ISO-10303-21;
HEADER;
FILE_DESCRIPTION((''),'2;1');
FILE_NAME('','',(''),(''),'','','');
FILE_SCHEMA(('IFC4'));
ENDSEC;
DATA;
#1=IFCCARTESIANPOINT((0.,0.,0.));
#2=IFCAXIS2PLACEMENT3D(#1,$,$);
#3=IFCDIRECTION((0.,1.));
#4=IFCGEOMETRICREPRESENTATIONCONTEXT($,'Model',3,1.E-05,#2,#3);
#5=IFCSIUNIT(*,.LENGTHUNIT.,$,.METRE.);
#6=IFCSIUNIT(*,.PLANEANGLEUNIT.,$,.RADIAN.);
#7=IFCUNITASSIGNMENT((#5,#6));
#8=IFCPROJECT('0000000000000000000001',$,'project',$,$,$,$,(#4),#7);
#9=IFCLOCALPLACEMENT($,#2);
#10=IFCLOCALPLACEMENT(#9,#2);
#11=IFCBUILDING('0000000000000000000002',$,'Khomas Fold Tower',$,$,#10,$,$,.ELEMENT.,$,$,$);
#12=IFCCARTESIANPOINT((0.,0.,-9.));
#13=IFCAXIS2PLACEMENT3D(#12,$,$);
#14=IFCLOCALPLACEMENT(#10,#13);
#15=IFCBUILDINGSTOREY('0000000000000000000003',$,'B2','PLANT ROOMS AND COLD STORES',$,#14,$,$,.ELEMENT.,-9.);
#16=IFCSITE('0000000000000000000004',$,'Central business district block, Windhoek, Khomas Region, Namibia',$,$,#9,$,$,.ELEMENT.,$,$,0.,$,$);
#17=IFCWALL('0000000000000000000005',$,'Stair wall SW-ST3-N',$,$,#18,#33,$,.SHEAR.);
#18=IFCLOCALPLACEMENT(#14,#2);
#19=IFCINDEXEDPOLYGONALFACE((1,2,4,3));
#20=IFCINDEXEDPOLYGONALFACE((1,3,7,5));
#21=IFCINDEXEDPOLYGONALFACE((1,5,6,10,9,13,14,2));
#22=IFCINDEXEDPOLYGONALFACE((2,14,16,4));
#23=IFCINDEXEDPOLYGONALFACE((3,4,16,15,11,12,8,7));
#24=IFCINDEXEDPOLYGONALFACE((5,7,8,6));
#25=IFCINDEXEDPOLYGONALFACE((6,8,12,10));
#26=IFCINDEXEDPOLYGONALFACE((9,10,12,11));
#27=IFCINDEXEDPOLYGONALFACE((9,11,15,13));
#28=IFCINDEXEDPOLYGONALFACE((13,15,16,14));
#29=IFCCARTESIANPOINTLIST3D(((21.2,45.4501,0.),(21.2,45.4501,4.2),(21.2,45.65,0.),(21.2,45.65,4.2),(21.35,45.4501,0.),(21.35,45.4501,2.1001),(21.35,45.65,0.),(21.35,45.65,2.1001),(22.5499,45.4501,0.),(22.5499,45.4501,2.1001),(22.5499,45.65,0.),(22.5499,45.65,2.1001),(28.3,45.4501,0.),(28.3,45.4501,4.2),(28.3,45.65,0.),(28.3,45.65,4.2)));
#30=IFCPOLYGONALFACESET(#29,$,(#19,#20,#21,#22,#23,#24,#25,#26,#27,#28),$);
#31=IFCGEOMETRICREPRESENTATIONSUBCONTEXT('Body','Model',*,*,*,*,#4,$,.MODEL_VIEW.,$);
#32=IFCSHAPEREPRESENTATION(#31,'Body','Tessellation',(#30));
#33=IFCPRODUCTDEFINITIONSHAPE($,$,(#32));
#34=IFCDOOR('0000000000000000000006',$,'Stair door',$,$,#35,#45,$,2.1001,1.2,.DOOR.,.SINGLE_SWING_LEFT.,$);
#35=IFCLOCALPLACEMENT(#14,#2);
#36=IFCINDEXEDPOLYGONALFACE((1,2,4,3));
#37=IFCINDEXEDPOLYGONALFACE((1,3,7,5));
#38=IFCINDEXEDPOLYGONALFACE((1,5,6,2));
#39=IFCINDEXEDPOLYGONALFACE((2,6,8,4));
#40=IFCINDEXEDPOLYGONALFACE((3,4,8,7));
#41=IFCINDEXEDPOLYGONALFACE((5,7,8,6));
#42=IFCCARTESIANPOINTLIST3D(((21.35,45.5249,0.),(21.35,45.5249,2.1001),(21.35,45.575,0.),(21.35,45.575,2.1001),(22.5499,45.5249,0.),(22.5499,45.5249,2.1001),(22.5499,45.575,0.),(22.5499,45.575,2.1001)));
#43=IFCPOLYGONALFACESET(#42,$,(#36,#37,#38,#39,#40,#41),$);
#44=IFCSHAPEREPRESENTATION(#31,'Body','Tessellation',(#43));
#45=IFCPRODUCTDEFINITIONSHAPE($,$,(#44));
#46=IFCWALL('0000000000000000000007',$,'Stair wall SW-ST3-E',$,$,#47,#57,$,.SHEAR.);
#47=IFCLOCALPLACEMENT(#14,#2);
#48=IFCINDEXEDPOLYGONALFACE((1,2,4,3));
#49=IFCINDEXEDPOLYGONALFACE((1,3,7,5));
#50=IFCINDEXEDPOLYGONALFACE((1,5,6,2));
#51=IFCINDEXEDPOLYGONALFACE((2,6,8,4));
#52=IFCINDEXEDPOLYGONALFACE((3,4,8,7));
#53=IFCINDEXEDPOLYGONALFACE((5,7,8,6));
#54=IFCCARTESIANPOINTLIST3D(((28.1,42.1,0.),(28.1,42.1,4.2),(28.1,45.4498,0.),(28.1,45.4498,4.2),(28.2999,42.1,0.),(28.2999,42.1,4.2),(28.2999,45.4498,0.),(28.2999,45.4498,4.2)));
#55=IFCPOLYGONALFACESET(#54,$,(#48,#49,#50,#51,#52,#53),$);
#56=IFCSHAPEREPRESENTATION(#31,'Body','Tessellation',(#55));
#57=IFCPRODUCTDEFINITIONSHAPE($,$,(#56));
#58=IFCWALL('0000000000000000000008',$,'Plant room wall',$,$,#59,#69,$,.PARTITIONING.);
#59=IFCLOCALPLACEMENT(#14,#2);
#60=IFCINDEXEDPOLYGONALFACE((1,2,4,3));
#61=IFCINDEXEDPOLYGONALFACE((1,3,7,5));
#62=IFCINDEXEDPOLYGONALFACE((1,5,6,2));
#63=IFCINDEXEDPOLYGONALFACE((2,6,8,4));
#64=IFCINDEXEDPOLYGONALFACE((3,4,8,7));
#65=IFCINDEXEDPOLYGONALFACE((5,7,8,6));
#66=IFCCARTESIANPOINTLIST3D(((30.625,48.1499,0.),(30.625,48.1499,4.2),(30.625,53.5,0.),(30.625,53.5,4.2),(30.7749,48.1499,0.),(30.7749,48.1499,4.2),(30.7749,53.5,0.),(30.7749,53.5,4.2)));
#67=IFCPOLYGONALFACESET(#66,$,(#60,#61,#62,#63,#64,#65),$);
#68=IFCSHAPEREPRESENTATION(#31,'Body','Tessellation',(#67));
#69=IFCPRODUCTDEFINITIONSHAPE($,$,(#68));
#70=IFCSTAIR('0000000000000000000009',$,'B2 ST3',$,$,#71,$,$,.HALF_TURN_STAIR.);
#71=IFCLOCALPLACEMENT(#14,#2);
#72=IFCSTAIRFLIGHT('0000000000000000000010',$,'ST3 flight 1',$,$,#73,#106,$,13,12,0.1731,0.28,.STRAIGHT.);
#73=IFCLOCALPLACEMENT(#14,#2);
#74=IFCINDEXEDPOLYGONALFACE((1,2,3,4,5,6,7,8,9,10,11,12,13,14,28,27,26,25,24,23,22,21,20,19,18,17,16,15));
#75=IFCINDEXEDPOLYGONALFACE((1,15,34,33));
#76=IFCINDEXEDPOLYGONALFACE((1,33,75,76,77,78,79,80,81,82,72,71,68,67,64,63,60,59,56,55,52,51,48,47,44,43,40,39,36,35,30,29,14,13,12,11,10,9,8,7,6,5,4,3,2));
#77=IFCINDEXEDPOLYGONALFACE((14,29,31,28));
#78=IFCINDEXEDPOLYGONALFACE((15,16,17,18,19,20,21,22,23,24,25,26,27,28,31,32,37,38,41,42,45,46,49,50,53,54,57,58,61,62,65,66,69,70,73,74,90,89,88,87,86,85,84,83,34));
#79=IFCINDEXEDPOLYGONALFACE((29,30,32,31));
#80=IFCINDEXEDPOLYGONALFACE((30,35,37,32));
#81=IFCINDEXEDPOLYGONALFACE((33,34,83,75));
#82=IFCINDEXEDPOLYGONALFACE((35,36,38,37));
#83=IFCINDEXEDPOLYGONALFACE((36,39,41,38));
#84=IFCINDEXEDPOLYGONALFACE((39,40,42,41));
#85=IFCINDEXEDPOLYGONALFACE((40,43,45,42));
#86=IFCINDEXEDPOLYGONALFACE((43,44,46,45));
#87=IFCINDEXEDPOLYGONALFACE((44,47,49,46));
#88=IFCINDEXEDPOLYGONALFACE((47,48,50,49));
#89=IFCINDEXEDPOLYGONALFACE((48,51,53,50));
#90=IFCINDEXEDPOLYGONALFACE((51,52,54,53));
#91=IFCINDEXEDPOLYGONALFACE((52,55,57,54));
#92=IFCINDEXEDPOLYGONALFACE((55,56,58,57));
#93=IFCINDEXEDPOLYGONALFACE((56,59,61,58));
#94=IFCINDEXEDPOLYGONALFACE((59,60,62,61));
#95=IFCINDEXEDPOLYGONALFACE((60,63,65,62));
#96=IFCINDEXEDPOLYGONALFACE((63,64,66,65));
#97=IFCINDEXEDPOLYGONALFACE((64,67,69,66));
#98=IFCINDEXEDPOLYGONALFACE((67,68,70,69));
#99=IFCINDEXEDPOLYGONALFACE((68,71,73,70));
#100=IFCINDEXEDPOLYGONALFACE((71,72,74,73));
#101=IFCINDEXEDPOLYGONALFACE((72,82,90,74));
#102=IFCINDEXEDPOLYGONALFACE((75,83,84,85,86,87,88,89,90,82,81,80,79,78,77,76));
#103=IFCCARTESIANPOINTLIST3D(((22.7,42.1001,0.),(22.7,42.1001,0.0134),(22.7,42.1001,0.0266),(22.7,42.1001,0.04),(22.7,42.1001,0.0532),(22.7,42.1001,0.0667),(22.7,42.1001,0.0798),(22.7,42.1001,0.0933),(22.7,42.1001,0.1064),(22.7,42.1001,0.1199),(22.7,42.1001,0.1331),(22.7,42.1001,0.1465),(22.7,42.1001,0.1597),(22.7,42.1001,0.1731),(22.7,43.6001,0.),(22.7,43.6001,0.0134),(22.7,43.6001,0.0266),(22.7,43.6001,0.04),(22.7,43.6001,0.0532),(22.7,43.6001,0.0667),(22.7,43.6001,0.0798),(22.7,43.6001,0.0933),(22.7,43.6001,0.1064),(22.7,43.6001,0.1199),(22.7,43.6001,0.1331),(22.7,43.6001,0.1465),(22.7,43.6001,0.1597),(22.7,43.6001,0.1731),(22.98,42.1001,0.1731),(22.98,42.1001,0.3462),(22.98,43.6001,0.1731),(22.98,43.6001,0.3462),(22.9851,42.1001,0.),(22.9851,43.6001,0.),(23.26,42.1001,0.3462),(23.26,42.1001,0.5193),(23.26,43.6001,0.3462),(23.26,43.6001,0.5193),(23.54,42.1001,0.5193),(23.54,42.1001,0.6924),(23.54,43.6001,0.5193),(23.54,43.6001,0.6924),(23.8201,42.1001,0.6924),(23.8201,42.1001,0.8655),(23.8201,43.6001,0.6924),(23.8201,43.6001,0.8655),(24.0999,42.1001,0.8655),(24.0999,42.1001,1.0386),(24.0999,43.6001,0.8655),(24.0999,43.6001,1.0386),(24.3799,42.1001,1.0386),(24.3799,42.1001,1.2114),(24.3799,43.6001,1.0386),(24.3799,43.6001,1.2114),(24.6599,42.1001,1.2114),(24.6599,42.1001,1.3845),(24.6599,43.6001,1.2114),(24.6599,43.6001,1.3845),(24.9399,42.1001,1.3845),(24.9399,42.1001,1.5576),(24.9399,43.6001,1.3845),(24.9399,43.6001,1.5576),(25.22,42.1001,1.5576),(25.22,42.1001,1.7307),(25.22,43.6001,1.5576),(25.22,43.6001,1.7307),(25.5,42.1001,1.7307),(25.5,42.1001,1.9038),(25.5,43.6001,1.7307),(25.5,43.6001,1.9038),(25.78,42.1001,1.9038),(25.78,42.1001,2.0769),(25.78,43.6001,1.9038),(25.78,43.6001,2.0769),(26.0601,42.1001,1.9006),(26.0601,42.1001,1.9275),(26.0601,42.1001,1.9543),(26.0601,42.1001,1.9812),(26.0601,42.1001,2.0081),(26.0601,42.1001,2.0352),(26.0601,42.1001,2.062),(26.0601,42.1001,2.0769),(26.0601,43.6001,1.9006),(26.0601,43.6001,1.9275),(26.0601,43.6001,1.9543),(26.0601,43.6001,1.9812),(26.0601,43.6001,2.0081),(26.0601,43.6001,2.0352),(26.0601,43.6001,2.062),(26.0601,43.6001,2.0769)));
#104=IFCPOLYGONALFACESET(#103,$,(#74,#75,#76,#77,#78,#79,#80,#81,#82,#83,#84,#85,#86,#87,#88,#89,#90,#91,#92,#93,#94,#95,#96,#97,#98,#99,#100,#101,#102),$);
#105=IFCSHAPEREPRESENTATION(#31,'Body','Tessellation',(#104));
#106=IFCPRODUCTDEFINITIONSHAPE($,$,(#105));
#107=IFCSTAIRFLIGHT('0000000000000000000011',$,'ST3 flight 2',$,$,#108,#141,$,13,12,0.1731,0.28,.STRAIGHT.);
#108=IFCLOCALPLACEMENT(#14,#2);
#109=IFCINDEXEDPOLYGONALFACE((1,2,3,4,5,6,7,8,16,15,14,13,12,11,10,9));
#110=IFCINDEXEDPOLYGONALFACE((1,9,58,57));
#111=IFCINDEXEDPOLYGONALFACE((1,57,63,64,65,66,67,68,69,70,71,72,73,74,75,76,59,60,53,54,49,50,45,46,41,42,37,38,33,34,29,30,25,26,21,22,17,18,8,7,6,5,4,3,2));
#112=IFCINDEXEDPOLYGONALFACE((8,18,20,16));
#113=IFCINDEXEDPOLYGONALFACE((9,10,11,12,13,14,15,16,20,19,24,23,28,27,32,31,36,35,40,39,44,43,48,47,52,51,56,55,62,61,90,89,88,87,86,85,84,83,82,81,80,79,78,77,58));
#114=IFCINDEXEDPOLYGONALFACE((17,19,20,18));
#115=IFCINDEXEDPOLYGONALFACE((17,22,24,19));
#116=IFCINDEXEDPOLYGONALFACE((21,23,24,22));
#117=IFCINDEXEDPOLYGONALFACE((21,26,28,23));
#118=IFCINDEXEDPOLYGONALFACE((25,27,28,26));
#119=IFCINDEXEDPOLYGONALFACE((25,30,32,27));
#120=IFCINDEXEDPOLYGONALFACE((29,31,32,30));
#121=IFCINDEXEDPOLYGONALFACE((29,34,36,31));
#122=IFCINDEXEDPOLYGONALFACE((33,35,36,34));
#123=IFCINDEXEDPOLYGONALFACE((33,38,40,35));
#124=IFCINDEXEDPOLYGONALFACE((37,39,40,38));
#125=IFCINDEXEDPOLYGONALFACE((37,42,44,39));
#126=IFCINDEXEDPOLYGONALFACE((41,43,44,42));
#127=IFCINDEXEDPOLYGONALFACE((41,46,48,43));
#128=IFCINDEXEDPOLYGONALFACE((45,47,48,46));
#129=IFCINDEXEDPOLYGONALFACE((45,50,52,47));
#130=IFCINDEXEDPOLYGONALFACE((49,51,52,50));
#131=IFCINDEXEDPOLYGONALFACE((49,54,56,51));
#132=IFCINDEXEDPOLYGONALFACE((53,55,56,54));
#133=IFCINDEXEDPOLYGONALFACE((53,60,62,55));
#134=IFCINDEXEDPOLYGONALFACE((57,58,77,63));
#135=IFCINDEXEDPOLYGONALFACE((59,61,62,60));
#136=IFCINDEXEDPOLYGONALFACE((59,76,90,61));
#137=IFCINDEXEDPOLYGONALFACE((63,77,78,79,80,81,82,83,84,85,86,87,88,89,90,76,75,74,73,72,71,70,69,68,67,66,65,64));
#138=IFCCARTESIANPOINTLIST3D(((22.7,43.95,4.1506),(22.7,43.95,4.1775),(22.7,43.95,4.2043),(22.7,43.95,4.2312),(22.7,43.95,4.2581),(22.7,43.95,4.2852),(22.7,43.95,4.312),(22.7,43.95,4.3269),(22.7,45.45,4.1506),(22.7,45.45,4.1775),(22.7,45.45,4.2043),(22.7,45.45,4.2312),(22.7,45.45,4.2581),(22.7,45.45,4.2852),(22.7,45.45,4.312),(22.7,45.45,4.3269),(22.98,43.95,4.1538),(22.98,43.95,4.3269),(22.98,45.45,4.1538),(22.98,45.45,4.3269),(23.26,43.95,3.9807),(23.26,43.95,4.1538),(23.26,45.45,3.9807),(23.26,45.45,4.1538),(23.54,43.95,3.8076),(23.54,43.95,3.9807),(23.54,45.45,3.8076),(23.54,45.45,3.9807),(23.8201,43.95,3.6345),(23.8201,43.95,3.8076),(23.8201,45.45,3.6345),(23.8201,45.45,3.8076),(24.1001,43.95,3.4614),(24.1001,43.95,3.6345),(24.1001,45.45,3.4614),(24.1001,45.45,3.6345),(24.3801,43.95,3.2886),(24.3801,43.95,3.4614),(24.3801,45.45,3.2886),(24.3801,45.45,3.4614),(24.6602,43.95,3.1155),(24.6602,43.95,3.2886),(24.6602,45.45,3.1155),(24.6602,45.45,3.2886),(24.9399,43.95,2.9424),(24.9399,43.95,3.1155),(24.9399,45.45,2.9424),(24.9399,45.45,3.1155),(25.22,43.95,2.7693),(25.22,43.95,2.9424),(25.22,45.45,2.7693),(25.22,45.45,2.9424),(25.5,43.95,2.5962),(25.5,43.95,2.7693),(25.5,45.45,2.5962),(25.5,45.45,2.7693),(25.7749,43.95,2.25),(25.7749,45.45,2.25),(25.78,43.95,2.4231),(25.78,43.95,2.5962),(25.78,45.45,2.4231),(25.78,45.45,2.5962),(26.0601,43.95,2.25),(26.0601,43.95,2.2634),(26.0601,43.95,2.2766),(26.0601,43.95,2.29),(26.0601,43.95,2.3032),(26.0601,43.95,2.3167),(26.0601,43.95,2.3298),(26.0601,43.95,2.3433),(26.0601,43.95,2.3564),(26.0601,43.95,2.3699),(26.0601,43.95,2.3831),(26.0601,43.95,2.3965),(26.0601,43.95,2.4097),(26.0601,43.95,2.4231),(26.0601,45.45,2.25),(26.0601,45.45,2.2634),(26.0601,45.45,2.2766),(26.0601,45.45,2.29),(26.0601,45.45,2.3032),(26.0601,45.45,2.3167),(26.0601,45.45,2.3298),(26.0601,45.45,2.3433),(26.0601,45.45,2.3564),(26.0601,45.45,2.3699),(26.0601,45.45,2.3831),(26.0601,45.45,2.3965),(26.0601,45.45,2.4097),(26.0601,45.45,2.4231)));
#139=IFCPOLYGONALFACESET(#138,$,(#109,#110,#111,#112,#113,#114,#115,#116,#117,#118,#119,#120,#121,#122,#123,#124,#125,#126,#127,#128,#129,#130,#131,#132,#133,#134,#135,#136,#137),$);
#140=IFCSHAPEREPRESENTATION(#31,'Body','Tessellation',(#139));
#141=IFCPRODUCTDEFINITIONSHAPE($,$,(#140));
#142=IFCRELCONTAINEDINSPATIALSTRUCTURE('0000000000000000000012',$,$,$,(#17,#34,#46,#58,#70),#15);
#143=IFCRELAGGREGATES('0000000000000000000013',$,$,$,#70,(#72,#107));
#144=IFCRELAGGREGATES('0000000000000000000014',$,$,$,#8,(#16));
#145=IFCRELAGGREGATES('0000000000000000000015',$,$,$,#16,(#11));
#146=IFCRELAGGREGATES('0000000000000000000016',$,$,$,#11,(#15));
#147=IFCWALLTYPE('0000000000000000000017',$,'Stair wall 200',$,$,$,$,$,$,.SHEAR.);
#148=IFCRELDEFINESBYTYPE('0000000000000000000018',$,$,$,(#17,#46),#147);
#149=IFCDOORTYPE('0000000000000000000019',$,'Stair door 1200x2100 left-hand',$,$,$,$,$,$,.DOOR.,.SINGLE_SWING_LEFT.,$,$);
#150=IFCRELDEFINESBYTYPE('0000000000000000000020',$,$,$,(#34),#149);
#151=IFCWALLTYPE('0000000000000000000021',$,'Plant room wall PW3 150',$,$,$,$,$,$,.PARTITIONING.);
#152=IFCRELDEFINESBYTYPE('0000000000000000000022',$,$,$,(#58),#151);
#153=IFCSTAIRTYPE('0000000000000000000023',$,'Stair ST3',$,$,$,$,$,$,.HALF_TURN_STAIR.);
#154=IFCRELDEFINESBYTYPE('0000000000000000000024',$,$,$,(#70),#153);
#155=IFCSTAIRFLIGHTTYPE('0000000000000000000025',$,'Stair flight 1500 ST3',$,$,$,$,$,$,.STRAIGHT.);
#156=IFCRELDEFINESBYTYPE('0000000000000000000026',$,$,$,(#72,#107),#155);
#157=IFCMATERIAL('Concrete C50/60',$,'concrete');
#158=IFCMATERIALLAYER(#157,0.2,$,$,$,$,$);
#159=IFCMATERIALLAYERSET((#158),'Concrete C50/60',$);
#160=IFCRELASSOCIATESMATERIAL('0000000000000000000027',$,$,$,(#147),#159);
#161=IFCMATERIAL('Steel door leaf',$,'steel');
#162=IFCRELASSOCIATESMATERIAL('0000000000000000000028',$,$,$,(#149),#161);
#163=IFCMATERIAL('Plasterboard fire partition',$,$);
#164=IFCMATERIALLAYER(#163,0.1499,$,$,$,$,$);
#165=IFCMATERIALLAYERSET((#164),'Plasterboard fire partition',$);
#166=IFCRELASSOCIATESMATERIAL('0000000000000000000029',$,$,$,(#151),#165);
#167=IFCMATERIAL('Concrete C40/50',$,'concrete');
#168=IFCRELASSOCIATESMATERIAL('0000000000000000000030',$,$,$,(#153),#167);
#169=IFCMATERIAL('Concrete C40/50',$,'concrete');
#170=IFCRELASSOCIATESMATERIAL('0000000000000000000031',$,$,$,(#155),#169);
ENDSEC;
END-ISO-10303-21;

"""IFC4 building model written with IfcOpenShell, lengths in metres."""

from ifc_helpers import new_model, si_unit, direction, frame, frame_2d, origin, place, context, subcontext, project, spatial, polyline, rectangle, outline, extrude, source, transform, mapped, material, layer, layer_set, type_object, element, fill, aggregate, save


model = new_model("IFC4")

# Units and contexts
model_context = context("Model", 3, precision=1e-05, world=origin(), true_north=direction((0.0, 1.0)))
body_context = subcontext(model_context, "Body", "Model", "MODEL_VIEW")
ifc_project = project(units=[si_unit("LENGTHUNIT", "METRE"), si_unit("PLANEANGLEUNIT", "RADIAN")], contexts=[model_context])

# Site, building, storey
site_placement = place(None, origin())
site = spatial("IfcSite", under=ifc_project, at=site_placement, Name="Central business district block, Windhoek, Khomas Region, Namibia", CompositionType="ELEMENT", RefElevation=0.0)
building_placement = place(site_placement, origin())
building = spatial("IfcBuilding", under=site, at=building_placement, Name="Khomas Fold Tower", CompositionType="ELEMENT")
storey_placement = place(building_placement, frame((0.0, 0.0, -9.0)))
storey = spatial("IfcBuildingStorey", under=building, at=storey_placement, Name="B2", Description="PLANT ROOMS AND COLD STORES", CompositionType="ELEMENT", Elevation=-9.0)

# Wall, opening, door
ifc_material_1 = material(Name="Concrete C50/60", Category="concrete")
ifc_layer_1 = layer(ifc_material_1, 0.2)
ifc_layer_set_1 = layer_set([ifc_layer_1], Name="Concrete C50/60")
wall_type_1 = type_object("IfcWallType", Name="Stair wall 200", PredefinedType="SHEAR", material=ifc_layer_set_1)
shared_shape_1 = source(origin(), body_context, "Body", "SweptSolid", [
    extrude(rectangle(XDim=7.1001, YDim=0.2, at=frame_2d((3.55, 0.0))), origin(), (0.0, 0.0, 1.0), 4.2),
])
wall_1_placement = place(storey_placement, frame((21.2, 45.55, 0.0), z_axis=(0.0, 0.0, 1.0), x_axis=(1.0, 0.0, 0.0)))
wall_1 = element("IfcWall", 1, at=wall_1_placement, inside=storey, type_object=wall_type_1, Name="Stair wall SW-ST3-N", PredefinedType="SHEAR", context=body_context, shape_type="MappedRepresentation", body=[
    mapped(shared_shape_1, transform((0.0, 0.0, 0.0))),
])
shared_shape_2 = source(origin(), body_context, "Body", "SweptSolid", [
    extrude(rectangle(XDim=1.2, YDim=2.1001, at=frame_2d((0.6001, 1.05))), frame((0.0, 0.1099, 0.0), z_axis=(0.0, -1.0, 0.0), x_axis=(1.0, 0.0, 0.0)), (0.0, 0.0, 1.0), 0.22),
])
opening_placement = place(wall_1_placement, frame((0.1499, 0.0, 0.0)))
opening = element("IfcOpeningElement", 2, at=opening_placement, cuts=wall_1, PredefinedType="OPENING", context=body_context, shape_type="MappedRepresentation", body=[
    mapped(shared_shape_2, transform((0.0, 0.0, 0.0))),
])
ifc_material_2 = material(Name="Steel door leaf", Category="steel")
door_type = type_object("IfcDoorType", Name="Stair door 1200x2100 left-hand", OperationType="SINGLE_SWING_LEFT", PredefinedType="DOOR", material=ifc_material_2)
shared_shape_3 = source(origin(), body_context, "Body", "SweptSolid", [
    extrude(rectangle(XDim=1.2, YDim=2.1001, at=frame_2d((0.6001, 1.05))), frame((0.0, 0.0249, 0.0), z_axis=(0.0, -1.0, 0.0), x_axis=(1.0, 0.0, 0.0)), (0.0, 0.0, 1.0), 0.05),
])
door_placement = place(opening_placement, origin())
door = element("IfcDoor", 3, at=door_placement, inside=storey, type_object=door_type, Name="Stair door", OperationType="SINGLE_SWING_LEFT", OverallHeight=2.1001, OverallWidth=1.2, PredefinedType="DOOR", context=body_context, shape_type="MappedRepresentation", body=[
    mapped(shared_shape_3, transform((0.0, 0.0, 0.0))),
])
fill(opening, door)

# Walls
shared_shape_4 = source(origin(), body_context, "Body", "SweptSolid", [
    extrude(rectangle(XDim=3.3499, YDim=0.2, at=frame_2d((1.6748, 0.0))), origin(), (0.0, 0.0, 1.0), 4.2),
])
wall_2_placement = place(storey_placement, frame((28.2, 42.1001, 0.0), z_axis=(0.0, 0.0, 1.0), x_axis=(0.0, 1.0, 0.0)))
element("IfcWall", 4, at=wall_2_placement, inside=storey, type_object=wall_type_1, Name="Stair wall SW-ST3-E", PredefinedType="SHEAR", context=body_context, shape_type="MappedRepresentation", body=[
    mapped(shared_shape_4, transform((0.0, 0.0, 0.0))),
])
ifc_material_3 = material(Name="Plasterboard fire partition")
ifc_layer_2 = layer(ifc_material_3, 0.1499)
ifc_layer_set_2 = layer_set([ifc_layer_2], Name="Plasterboard fire partition")
wall_type_2 = type_object("IfcWallType", Name="Plant room wall PW3 150", PredefinedType="PARTITIONING", material=ifc_layer_set_2)
shared_shape_5 = source(origin(), body_context, "Body", "SweptSolid", [
    extrude(rectangle(XDim=5.3501, YDim=0.1499, at=frame_2d((2.675, 0.0))), origin(), (0.0, 0.0, 1.0), 4.2),
])
wall_3_placement = place(storey_placement, frame((30.7, 48.1499, 0.0), z_axis=(0.0, 0.0, 1.0), x_axis=(0.0, 1.0, 0.0)))
element("IfcWall", 5, at=wall_3_placement, inside=storey, type_object=wall_type_2, Name="Plant room wall", PredefinedType="PARTITIONING", context=body_context, shape_type="MappedRepresentation", body=[
    mapped(shared_shape_5, transform((0.0, 0.0, 0.0))),
])

# Stair, stair flights
ifc_material_4 = material(Name="Concrete C40/50", Category="concrete")
stair_type = type_object("IfcStairType", Name="Stair ST3", PredefinedType="HALF_TURN_STAIR", material=ifc_material_4)
stair_placement = place(storey_placement, origin())
stair = element("IfcStair", 6, at=stair_placement, inside=storey, type_object=stair_type, Name="B2 ST3", PredefinedType="HALF_TURN_STAIR")
ifc_material_5 = material(Name="Concrete C40/50", Category="concrete")
stair_flight_type = type_object("IfcStairFlightType", Name="Stair flight 1500 ST3", PredefinedType="STRAIGHT", material=ifc_material_5)
shared_shape_6 = source(origin(), body_context, "Body", "SweptSolid", [
    extrude(outline(polyline([(0.0, 0.0), (0.0, 0.0134), (0.0, 0.0266), (0.0, 0.04), (0.0, 0.0532), (0.0, 0.0667), (0.0, 0.0798), (0.0, 0.0933), (0.0, 0.1064), (0.0, 0.1199), (0.0, 0.1331), (0.0, 0.1465), (0.0, 0.1597), (0.0, 0.1731), (0.28, 0.1731), (0.28, 0.3462), (0.5601, 0.3462), (0.5601, 0.5193), (0.8401, 0.5193), (0.8401, 0.6924), (1.1201, 0.6924), (1.1201, 0.8655), (1.3999, 0.8655), (1.3999, 1.0386), (1.6799, 1.0386), (1.6799, 1.2114), (1.96, 1.2114), (1.96, 1.3845), (2.24, 1.3845), (2.24, 1.5576), (2.52, 1.5576), (2.52, 1.7307), (2.8, 1.7307), (2.8, 1.9038), (3.0801, 1.9038), (3.0801, 2.0769), (3.3601, 2.0769), (3.3601, 2.25), (3.3601, 2.2231), (3.3601, 2.1963), (3.3601, 2.1694), (3.3601, 2.1426), (3.3601, 2.1157), (3.3601, 2.0889), (3.3601, 2.062), (3.3601, 2.0352), (3.3601, 2.0081), (3.3601, 1.9812), (3.3601, 1.9543), (3.3601, 1.9275), (3.3601, 1.9006), (0.2852, 0.0), (0.0, 0.0)])), frame((0.0, 0.75, 0.0), z_axis=(0.0, -1.0, 0.0), x_axis=(1.0, 0.0, 0.0)), (0.0, 0.0, 1.0), 1.5),
])
stair_flight_1_placement = place(storey_placement, frame((22.7, 42.8501, 0.0), z_axis=(0.0, 0.0, 1.0), x_axis=(1.0, 0.0, 0.0)))
stair_flight_1 = element("IfcStairFlight", 7, at=stair_flight_1_placement, type_object=stair_flight_type, Name="ST3 flight 1", NumberOfRisers=13, NumberOfTreads=12, PredefinedType="STRAIGHT", RiserHeight=0.1731, TreadLength=0.28, context=body_context, shape_type="MappedRepresentation", body=[
    mapped(shared_shape_6, transform((0.0, 0.0, 0.0))),
])
stair_flight_2_placement = place(storey_placement, frame((26.0601, 44.7, 2.25), z_axis=(0.0, 0.0, 1.0), x_axis=(-1.0, 0.0, 0.0)))
stair_flight_2 = element("IfcStairFlight", 8, at=stair_flight_2_placement, type_object=stair_flight_type, Name="ST3 flight 2", NumberOfRisers=13, NumberOfTreads=12, PredefinedType="STRAIGHT", RiserHeight=0.1731, TreadLength=0.28, context=body_context, shape_type="MappedRepresentation", body=[
    mapped(shared_shape_6, transform((0.0, 0.0, 0.0))),
])
aggregate(stair, [stair_flight_1, stair_flight_2])

save(model, "model.ifc")
